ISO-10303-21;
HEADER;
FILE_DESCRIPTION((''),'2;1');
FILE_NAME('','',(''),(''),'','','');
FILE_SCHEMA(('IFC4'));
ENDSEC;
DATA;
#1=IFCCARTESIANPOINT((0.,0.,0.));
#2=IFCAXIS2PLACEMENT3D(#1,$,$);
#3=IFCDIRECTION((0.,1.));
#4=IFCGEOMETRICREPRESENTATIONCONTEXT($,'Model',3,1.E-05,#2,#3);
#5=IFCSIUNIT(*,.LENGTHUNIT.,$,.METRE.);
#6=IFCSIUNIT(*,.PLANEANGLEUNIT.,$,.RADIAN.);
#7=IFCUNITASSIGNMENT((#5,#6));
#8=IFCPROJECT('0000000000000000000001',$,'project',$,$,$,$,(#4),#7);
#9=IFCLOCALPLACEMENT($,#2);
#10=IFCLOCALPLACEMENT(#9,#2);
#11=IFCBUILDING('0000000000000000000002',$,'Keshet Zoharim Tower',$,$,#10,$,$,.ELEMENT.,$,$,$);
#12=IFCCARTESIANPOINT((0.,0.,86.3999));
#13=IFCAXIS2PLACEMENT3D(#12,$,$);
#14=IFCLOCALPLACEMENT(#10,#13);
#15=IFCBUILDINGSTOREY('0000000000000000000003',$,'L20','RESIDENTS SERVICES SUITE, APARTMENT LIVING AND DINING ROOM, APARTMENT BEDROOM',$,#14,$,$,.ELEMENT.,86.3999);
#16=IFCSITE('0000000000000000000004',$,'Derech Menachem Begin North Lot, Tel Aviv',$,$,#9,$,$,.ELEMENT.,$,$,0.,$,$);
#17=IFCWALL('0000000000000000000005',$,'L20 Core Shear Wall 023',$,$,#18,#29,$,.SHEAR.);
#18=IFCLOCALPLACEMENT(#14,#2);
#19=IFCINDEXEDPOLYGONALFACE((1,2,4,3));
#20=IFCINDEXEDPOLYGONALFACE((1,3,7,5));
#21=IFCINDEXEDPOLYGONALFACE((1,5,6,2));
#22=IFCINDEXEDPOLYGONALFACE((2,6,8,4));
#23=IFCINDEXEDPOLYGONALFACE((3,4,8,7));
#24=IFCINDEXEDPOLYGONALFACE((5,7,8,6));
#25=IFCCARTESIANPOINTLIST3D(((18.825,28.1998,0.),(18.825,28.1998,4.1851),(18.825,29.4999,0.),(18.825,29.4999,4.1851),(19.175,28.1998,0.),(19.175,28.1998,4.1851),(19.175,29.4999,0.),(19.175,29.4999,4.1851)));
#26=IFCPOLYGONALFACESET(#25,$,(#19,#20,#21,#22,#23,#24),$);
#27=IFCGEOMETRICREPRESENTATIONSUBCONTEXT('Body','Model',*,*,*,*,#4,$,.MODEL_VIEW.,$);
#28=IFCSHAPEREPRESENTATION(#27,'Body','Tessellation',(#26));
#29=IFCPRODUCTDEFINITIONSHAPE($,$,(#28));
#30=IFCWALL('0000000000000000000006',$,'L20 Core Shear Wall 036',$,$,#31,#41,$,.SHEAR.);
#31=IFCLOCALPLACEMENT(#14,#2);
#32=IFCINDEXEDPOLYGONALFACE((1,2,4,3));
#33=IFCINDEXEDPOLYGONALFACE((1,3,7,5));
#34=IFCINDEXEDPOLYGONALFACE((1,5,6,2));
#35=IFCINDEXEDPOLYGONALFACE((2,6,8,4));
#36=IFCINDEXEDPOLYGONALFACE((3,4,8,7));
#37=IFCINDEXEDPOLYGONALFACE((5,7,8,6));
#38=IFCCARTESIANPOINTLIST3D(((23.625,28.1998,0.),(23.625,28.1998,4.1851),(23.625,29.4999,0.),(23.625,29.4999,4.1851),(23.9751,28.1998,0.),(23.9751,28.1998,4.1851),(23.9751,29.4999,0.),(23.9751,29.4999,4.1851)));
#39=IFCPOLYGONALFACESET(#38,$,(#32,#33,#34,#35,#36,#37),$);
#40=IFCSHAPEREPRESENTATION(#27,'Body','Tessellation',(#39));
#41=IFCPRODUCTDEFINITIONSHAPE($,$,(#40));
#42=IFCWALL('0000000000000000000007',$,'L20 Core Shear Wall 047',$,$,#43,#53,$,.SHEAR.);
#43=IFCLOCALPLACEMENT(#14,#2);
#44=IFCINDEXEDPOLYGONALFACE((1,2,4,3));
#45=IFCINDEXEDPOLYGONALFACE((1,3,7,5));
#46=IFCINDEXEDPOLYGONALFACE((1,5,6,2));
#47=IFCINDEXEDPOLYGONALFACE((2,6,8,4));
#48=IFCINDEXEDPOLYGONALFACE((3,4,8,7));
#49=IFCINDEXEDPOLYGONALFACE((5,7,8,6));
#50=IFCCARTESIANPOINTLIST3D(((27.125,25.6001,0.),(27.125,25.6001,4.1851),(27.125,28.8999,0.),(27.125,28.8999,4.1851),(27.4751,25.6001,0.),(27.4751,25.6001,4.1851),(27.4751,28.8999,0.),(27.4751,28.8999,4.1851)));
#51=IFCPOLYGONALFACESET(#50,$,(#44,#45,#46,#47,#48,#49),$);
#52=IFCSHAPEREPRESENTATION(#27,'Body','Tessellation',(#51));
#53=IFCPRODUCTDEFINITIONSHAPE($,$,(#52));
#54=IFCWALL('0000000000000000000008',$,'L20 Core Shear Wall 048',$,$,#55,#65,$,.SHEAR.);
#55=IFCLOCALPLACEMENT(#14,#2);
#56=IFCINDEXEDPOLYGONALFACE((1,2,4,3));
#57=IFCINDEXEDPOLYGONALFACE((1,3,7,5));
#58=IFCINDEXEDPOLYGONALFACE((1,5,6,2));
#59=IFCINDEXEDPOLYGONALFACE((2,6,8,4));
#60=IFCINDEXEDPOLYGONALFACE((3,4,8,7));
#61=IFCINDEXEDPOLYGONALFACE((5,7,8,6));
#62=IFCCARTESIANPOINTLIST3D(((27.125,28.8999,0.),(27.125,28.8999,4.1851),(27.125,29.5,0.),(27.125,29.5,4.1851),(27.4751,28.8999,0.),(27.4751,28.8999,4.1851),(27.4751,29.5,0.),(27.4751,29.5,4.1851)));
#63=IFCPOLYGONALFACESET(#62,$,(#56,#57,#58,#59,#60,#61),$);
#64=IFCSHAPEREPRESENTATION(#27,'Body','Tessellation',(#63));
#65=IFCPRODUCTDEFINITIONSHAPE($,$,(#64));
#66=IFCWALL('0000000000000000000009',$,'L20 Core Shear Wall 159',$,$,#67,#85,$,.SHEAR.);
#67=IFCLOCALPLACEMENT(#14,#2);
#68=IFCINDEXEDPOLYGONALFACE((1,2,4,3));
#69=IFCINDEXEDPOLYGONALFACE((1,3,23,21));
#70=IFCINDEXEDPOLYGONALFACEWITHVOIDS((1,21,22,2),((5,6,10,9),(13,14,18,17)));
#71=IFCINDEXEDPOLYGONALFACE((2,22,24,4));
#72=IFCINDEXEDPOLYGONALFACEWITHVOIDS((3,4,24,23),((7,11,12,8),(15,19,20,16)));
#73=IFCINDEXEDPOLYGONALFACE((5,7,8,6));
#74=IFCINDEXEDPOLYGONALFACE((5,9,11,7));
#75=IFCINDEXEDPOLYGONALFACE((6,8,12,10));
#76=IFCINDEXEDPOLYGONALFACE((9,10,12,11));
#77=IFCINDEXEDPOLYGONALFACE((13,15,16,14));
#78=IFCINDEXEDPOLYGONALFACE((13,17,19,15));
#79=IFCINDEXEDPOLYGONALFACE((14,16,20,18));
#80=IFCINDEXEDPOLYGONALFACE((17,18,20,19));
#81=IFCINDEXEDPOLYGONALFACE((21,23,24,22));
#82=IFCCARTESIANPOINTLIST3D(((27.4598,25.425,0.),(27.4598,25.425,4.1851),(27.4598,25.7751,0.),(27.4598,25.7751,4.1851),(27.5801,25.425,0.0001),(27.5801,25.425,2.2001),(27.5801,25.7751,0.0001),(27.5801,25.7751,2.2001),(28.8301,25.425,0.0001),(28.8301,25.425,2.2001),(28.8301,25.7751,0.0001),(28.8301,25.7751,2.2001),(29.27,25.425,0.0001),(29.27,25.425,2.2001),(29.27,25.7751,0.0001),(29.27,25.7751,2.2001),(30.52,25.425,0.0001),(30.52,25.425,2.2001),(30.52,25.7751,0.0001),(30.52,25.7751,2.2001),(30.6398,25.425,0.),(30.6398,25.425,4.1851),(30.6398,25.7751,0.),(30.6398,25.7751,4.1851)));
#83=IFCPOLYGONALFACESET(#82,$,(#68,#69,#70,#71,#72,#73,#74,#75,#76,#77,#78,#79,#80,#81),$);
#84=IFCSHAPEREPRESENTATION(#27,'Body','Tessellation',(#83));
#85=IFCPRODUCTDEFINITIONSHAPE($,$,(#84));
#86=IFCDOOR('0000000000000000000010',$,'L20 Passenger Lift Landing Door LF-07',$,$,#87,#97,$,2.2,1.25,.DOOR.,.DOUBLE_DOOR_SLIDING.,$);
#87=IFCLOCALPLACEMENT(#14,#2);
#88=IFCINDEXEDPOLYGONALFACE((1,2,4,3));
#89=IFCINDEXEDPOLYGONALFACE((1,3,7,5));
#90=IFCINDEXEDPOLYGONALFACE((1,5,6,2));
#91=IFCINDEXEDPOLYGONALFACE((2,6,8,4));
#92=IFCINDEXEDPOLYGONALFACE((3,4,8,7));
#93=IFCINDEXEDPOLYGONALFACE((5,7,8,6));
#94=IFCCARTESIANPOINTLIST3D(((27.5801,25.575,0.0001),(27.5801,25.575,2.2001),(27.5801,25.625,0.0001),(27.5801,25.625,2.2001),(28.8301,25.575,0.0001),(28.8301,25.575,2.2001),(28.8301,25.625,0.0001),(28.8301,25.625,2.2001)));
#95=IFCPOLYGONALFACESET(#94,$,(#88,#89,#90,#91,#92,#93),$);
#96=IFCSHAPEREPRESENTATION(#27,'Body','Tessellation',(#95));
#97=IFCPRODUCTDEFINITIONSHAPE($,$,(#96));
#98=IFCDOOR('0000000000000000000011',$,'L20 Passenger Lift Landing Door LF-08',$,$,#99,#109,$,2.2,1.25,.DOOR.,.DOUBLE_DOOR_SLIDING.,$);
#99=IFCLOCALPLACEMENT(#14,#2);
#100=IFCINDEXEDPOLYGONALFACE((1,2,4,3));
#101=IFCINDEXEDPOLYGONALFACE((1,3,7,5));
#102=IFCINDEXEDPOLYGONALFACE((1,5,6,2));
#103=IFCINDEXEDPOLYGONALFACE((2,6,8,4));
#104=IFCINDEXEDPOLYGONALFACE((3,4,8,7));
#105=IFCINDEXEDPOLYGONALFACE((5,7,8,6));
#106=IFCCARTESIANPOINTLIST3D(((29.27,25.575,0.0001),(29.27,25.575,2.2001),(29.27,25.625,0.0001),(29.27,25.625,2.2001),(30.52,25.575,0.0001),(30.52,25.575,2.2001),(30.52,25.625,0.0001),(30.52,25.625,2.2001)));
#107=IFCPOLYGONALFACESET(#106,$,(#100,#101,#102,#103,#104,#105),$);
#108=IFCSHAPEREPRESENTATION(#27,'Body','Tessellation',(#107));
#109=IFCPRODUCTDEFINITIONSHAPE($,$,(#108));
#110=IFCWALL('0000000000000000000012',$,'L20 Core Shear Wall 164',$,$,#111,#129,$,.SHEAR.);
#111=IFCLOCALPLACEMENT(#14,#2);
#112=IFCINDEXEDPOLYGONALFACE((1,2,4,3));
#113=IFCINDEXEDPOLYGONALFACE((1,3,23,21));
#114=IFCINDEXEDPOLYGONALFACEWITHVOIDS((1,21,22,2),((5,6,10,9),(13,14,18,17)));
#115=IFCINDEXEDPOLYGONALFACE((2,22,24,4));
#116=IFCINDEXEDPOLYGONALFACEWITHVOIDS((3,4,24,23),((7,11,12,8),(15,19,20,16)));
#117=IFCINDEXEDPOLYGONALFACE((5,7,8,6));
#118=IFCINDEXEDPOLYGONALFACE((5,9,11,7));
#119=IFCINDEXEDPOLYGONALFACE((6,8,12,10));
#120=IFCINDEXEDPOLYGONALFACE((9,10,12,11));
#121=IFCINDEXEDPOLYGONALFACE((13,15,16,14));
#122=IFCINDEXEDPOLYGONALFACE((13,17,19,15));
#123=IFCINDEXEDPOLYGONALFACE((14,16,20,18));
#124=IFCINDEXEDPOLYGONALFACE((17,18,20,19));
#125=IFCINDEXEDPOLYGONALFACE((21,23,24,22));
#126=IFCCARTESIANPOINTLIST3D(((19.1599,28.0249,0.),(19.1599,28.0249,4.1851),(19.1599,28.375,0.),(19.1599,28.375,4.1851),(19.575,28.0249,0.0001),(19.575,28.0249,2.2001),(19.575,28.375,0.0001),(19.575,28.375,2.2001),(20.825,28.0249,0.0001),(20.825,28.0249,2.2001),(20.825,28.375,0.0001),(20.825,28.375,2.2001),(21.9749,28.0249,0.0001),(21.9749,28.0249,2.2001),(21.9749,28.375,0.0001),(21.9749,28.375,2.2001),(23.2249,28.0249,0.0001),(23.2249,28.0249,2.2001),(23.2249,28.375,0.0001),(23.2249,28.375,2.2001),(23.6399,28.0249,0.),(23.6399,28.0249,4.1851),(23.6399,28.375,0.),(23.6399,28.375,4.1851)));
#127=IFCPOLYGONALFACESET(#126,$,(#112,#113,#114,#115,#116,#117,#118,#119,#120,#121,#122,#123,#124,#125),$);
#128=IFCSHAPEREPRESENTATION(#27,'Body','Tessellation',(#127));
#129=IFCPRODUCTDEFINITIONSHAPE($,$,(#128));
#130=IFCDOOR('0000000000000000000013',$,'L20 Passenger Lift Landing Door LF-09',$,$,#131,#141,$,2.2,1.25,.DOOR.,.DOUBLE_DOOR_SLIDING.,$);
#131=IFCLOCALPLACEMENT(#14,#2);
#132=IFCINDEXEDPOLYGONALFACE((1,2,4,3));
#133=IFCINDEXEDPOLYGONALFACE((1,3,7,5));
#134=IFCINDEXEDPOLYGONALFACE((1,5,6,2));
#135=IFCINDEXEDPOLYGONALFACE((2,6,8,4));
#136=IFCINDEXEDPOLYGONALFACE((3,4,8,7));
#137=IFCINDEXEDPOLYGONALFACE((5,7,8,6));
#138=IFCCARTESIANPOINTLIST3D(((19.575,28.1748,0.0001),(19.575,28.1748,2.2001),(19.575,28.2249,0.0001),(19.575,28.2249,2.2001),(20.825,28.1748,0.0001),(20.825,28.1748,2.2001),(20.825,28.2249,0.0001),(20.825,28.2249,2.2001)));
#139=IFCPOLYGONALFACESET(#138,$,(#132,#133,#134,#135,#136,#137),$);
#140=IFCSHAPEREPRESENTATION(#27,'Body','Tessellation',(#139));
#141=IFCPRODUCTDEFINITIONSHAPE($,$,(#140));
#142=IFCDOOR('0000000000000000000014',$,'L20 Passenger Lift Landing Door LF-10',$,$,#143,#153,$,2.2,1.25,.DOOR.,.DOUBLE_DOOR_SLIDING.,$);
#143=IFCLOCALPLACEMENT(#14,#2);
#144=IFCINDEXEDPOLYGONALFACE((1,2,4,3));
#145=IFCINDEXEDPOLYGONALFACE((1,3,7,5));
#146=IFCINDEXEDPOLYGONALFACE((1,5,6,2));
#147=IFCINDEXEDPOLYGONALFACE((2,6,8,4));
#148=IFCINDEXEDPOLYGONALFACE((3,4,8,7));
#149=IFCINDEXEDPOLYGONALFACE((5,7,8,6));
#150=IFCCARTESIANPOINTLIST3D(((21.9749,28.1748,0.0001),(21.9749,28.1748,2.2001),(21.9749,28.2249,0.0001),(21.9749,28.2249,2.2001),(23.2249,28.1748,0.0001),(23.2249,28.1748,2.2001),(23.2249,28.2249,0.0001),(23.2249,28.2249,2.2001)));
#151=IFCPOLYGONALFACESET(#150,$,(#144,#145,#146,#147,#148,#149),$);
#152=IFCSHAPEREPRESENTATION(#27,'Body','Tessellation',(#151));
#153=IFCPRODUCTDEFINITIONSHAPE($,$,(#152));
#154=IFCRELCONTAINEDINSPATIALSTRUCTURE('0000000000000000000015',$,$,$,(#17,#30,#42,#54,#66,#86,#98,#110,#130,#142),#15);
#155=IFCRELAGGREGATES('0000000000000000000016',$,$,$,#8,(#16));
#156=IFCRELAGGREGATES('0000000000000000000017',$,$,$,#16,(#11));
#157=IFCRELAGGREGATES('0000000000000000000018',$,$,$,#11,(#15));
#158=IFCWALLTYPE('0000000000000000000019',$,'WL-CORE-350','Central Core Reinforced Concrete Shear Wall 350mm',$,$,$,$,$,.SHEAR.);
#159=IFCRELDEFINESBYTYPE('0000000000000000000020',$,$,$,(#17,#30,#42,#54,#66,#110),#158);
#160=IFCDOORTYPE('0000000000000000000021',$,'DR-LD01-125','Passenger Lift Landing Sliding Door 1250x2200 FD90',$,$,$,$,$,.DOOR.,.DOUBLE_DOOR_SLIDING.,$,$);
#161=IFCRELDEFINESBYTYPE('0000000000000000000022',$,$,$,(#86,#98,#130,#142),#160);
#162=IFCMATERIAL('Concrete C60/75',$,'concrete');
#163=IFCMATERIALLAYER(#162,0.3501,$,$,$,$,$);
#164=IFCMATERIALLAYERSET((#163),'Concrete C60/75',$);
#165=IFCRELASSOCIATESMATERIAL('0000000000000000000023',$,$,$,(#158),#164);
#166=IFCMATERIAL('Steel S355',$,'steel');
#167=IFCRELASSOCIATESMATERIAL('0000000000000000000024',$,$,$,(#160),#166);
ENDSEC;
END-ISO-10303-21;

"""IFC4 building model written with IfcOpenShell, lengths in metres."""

from ifc_helpers import new_model, si_unit, direction, frame, frame_2d, origin, place, context, subcontext, project, spatial, rectangle, extrude, material, layer, layer_set, type_object, element, fill, save


model = new_model("IFC4")

# Units and contexts
model_context = context("Model", 3, precision=1e-05, world=origin(), true_north=direction((0.0, 1.0)))
body_context = subcontext(model_context, "Body", "Model", "MODEL_VIEW")
ifc_project = project(units=[si_unit("LENGTHUNIT", "METRE"), si_unit("PLANEANGLEUNIT", "RADIAN")], contexts=[model_context])

# Site, building, storey
site_placement = place(None, origin())
site = spatial("IfcSite", under=ifc_project, at=site_placement, Name="Derech Menachem Begin North Lot, Tel Aviv", CompositionType="ELEMENT", RefElevation=0.0)
building_placement = place(site_placement, origin())
building = spatial("IfcBuilding", under=site, at=building_placement, Name="Keshet Zoharim Tower", CompositionType="ELEMENT")
storey_placement = place(building_placement, frame((0.0, 0.0, 86.3999)))
storey = spatial("IfcBuildingStorey", under=building, at=storey_placement, Name="L20", Description="RESIDENTS SERVICES SUITE, APARTMENT LIVING AND DINING ROOM, APARTMENT BEDROOM", CompositionType="ELEMENT", Elevation=86.3999)

# Wall
ifc_material_1 = material(Name="Concrete C60/75", Category="concrete")
ifc_layer_1 = layer(ifc_material_1, 0.3501)
ifc_layer_set_1 = layer_set([ifc_layer_1], Name="Concrete C60/75")
wall_type_1 = type_object("IfcWallType", Name="WL-CORE-350", Description="Central Core Reinforced Concrete Shear Wall 350mm", PredefinedType="SHEAR", material=ifc_layer_set_1)
wall_1_placement = place(storey_placement, frame((19.0, 28.2, 0.0), z_axis=(0.0, 0.0, 1.0), x_axis=(0.0, 1.0, 0.0)))
element("IfcWall", 1, at=wall_1_placement, inside=storey, type_object=wall_type_1, Name="L20 Core Shear Wall 023", PredefinedType="SHEAR", context=body_context, shape_type="SweptSolid", body=[
    extrude(rectangle(XDim=1.3, YDim=0.3501, at=frame_2d((0.6499, 0.0))), origin(), (0.0, 0.0, 1.0), 4.1851),
])

# Walls
wall_2_placement = place(storey_placement, frame((23.8, 28.2, 0.0), z_axis=(0.0, 0.0, 1.0), x_axis=(0.0, 1.0, 0.0)))
element("IfcWall", 2, at=wall_2_placement, inside=storey, type_object=wall_type_1, Name="L20 Core Shear Wall 036", PredefinedType="SHEAR", context=body_context, shape_type="SweptSolid", body=[
    extrude(rectangle(XDim=1.3, YDim=0.3501, at=frame_2d((0.6499, 0.0))), origin(), (0.0, 0.0, 1.0), 4.1851),
])
wall_3_placement = place(storey_placement, frame((27.3, 25.6001, 0.0), z_axis=(0.0, 0.0, 1.0), x_axis=(0.0, 1.0, 0.0)))
element("IfcWall", 3, at=wall_3_placement, inside=storey, type_object=wall_type_1, Name="L20 Core Shear Wall 047", PredefinedType="SHEAR", context=body_context, shape_type="SweptSolid", body=[
    extrude(rectangle(XDim=3.2998, YDim=0.3501, at=frame_2d((1.6499, 0.0))), origin(), (0.0, 0.0, 1.0), 4.1851),
])
wall_4_placement = place(storey_placement, frame((27.3, 28.8999, 0.0), z_axis=(0.0, 0.0, 1.0), x_axis=(0.0, 1.0, 0.0)))
element("IfcWall", 4, at=wall_4_placement, inside=storey, type_object=wall_type_1, Name="L20 Core Shear Wall 048", PredefinedType="SHEAR", context=body_context, shape_type="SweptSolid", body=[
    extrude(rectangle(XDim=0.6001, YDim=0.3501, at=frame_2d((0.3, 0.0))), origin(), (0.0, 0.0, 1.0), 4.1851),
])

# Walls, openings, doors
wall_5_placement = place(storey_placement, frame((27.46, 25.6001, 0.0), z_axis=(0.0, 0.0, 1.0), x_axis=(1.0, 0.0, 0.0)))
wall_5 = element("IfcWall", 5, at=wall_5_placement, inside=storey, type_object=wall_type_1, Name="L20 Core Shear Wall 159", PredefinedType="SHEAR", context=body_context, shape_type="SweptSolid", body=[
    extrude(rectangle(XDim=3.1799, YDim=0.3501, at=frame_2d((1.5898, 0.0))), origin(), (0.0, 0.0, 1.0), 4.1851),
])
opening_1_placement = place(wall_5_placement, frame((0.1201, 0.0, 0.0)))
opening_1 = element("IfcOpeningElement", 6, at=opening_1_placement, cuts=wall_5, PredefinedType="OPENING", context=body_context, shape_type="SweptSolid", body=[
    extrude(rectangle(XDim=1.25, YDim=2.2, at=frame_2d((0.625, 1.1001))), frame((0.0, 0.1851, 0.0), z_axis=(0.0, -1.0, 0.0), x_axis=(1.0, 0.0, 0.0)), (0.0, 0.0, 1.0), 0.3701),
])
opening_2_placement = place(wall_5_placement, frame((1.8101, 0.0, 0.0)))
opening_2 = element("IfcOpeningElement", 7, at=opening_2_placement, cuts=wall_5, PredefinedType="OPENING", context=body_context, shape_type="SweptSolid", body=[
    extrude(rectangle(XDim=1.25, YDim=2.2, at=frame_2d((0.625, 1.1001))), frame((0.0, 0.1851, 0.0), z_axis=(0.0, -1.0, 0.0), x_axis=(1.0, 0.0, 0.0)), (0.0, 0.0, 1.0), 0.3701),
])
ifc_material_2 = material(Name="Steel S355", Category="steel")
door_type_1 = type_object("IfcDoorType", Name="DR-LD01-125", Description="Passenger Lift Landing Sliding Door 1250x2200 FD90", OperationType="DOUBLE_DOOR_SLIDING", PredefinedType="DOOR", material=ifc_material_2)
door_1_placement = place(opening_1_placement, origin())
door_1 = element("IfcDoor", 8, at=door_1_placement, inside=storey, type_object=door_type_1, Name="L20 Passenger Lift Landing Door LF-07", OperationType="DOUBLE_DOOR_SLIDING", OverallHeight=2.2, OverallWidth=1.25, PredefinedType="DOOR", context=body_context, shape_type="SweptSolid", body=[
    extrude(rectangle(XDim=1.25, YDim=2.2, at=frame_2d((0.625, 1.1001))), frame((0.0, 0.0249, 0.0), z_axis=(0.0, -1.0, 0.0), x_axis=(1.0, 0.0, 0.0)), (0.0, 0.0, 1.0), 0.05),
])
fill(opening_1, door_1)
door_2_placement = place(opening_2_placement, origin())
door_2 = element("IfcDoor", 9, at=door_2_placement, inside=storey, type_object=door_type_1, Name="L20 Passenger Lift Landing Door LF-08", OperationType="DOUBLE_DOOR_SLIDING", OverallHeight=2.2, OverallWidth=1.25, PredefinedType="DOOR", context=body_context, shape_type="SweptSolid", body=[
    extrude(rectangle(XDim=1.25, YDim=2.2, at=frame_2d((0.625, 1.1001))), frame((0.0, 0.0249, 0.0), z_axis=(0.0, -1.0, 0.0), x_axis=(1.0, 0.0, 0.0)), (0.0, 0.0, 1.0), 0.05),
])
fill(opening_2, door_2)
wall_6_placement = place(storey_placement, frame((19.1599, 28.2, 0.0), z_axis=(0.0, 0.0, 1.0), x_axis=(1.0, 0.0, 0.0)))
wall_6 = element("IfcWall", 10, at=wall_6_placement, inside=storey, type_object=wall_type_1, Name="L20 Core Shear Wall 164", PredefinedType="SHEAR", context=body_context, shape_type="SweptSolid", body=[
    extrude(rectangle(XDim=4.48, YDim=0.3501, at=frame_2d((2.24, 0.0))), origin(), (0.0, 0.0, 1.0), 4.1851),
])
opening_3_placement = place(wall_6_placement, frame((0.415, 0.0, 0.0)))
opening_3 = element("IfcOpeningElement", 11, at=opening_3_placement, cuts=wall_6, PredefinedType="OPENING", context=body_context, shape_type="SweptSolid", body=[
    extrude(rectangle(XDim=1.25, YDim=2.2, at=frame_2d((0.625, 1.1001))), frame((0.0, 0.1851, 0.0), z_axis=(0.0, -1.0, 0.0), x_axis=(1.0, 0.0, 0.0)), (0.0, 0.0, 1.0), 0.3701),
])
opening_4_placement = place(wall_6_placement, frame((2.8149, 0.0, 0.0)))
opening_4 = element("IfcOpeningElement", 12, at=opening_4_placement, cuts=wall_6, PredefinedType="OPENING", context=body_context, shape_type="SweptSolid", body=[
    extrude(rectangle(XDim=1.25, YDim=2.2, at=frame_2d((0.625, 1.1001))), frame((0.0, 0.1851, 0.0), z_axis=(0.0, -1.0, 0.0), x_axis=(1.0, 0.0, 0.0)), (0.0, 0.0, 1.0), 0.3701),
])
door_3_placement = place(opening_3_placement, origin())
door_3 = element("IfcDoor", 13, at=door_3_placement, inside=storey, type_object=door_type_1, Name="L20 Passenger Lift Landing Door LF-09", OperationType="DOUBLE_DOOR_SLIDING", OverallHeight=2.2, OverallWidth=1.25, PredefinedType="DOOR", context=body_context, shape_type="SweptSolid", body=[
    extrude(rectangle(XDim=1.25, YDim=2.2, at=frame_2d((0.625, 1.1001))), frame((0.0, 0.0249, 0.0), z_axis=(0.0, -1.0, 0.0), x_axis=(1.0, 0.0, 0.0)), (0.0, 0.0, 1.0), 0.05),
])
fill(opening_3, door_3)
door_4_placement = place(opening_4_placement, origin())
door_4 = element("IfcDoor", 14, at=door_4_placement, inside=storey, type_object=door_type_1, Name="L20 Passenger Lift Landing Door LF-10", OperationType="DOUBLE_DOOR_SLIDING", OverallHeight=2.2, OverallWidth=1.25, PredefinedType="DOOR", context=body_context, shape_type="SweptSolid", body=[
    extrude(rectangle(XDim=1.25, YDim=2.2, at=frame_2d((0.625, 1.1001))), frame((0.0, 0.0249, 0.0), z_axis=(0.0, -1.0, 0.0), x_axis=(1.0, 0.0, 0.0)), (0.0, 0.0, 1.0), 0.05),
])
fill(opening_4, door_4)

save(model, "model.ifc")
